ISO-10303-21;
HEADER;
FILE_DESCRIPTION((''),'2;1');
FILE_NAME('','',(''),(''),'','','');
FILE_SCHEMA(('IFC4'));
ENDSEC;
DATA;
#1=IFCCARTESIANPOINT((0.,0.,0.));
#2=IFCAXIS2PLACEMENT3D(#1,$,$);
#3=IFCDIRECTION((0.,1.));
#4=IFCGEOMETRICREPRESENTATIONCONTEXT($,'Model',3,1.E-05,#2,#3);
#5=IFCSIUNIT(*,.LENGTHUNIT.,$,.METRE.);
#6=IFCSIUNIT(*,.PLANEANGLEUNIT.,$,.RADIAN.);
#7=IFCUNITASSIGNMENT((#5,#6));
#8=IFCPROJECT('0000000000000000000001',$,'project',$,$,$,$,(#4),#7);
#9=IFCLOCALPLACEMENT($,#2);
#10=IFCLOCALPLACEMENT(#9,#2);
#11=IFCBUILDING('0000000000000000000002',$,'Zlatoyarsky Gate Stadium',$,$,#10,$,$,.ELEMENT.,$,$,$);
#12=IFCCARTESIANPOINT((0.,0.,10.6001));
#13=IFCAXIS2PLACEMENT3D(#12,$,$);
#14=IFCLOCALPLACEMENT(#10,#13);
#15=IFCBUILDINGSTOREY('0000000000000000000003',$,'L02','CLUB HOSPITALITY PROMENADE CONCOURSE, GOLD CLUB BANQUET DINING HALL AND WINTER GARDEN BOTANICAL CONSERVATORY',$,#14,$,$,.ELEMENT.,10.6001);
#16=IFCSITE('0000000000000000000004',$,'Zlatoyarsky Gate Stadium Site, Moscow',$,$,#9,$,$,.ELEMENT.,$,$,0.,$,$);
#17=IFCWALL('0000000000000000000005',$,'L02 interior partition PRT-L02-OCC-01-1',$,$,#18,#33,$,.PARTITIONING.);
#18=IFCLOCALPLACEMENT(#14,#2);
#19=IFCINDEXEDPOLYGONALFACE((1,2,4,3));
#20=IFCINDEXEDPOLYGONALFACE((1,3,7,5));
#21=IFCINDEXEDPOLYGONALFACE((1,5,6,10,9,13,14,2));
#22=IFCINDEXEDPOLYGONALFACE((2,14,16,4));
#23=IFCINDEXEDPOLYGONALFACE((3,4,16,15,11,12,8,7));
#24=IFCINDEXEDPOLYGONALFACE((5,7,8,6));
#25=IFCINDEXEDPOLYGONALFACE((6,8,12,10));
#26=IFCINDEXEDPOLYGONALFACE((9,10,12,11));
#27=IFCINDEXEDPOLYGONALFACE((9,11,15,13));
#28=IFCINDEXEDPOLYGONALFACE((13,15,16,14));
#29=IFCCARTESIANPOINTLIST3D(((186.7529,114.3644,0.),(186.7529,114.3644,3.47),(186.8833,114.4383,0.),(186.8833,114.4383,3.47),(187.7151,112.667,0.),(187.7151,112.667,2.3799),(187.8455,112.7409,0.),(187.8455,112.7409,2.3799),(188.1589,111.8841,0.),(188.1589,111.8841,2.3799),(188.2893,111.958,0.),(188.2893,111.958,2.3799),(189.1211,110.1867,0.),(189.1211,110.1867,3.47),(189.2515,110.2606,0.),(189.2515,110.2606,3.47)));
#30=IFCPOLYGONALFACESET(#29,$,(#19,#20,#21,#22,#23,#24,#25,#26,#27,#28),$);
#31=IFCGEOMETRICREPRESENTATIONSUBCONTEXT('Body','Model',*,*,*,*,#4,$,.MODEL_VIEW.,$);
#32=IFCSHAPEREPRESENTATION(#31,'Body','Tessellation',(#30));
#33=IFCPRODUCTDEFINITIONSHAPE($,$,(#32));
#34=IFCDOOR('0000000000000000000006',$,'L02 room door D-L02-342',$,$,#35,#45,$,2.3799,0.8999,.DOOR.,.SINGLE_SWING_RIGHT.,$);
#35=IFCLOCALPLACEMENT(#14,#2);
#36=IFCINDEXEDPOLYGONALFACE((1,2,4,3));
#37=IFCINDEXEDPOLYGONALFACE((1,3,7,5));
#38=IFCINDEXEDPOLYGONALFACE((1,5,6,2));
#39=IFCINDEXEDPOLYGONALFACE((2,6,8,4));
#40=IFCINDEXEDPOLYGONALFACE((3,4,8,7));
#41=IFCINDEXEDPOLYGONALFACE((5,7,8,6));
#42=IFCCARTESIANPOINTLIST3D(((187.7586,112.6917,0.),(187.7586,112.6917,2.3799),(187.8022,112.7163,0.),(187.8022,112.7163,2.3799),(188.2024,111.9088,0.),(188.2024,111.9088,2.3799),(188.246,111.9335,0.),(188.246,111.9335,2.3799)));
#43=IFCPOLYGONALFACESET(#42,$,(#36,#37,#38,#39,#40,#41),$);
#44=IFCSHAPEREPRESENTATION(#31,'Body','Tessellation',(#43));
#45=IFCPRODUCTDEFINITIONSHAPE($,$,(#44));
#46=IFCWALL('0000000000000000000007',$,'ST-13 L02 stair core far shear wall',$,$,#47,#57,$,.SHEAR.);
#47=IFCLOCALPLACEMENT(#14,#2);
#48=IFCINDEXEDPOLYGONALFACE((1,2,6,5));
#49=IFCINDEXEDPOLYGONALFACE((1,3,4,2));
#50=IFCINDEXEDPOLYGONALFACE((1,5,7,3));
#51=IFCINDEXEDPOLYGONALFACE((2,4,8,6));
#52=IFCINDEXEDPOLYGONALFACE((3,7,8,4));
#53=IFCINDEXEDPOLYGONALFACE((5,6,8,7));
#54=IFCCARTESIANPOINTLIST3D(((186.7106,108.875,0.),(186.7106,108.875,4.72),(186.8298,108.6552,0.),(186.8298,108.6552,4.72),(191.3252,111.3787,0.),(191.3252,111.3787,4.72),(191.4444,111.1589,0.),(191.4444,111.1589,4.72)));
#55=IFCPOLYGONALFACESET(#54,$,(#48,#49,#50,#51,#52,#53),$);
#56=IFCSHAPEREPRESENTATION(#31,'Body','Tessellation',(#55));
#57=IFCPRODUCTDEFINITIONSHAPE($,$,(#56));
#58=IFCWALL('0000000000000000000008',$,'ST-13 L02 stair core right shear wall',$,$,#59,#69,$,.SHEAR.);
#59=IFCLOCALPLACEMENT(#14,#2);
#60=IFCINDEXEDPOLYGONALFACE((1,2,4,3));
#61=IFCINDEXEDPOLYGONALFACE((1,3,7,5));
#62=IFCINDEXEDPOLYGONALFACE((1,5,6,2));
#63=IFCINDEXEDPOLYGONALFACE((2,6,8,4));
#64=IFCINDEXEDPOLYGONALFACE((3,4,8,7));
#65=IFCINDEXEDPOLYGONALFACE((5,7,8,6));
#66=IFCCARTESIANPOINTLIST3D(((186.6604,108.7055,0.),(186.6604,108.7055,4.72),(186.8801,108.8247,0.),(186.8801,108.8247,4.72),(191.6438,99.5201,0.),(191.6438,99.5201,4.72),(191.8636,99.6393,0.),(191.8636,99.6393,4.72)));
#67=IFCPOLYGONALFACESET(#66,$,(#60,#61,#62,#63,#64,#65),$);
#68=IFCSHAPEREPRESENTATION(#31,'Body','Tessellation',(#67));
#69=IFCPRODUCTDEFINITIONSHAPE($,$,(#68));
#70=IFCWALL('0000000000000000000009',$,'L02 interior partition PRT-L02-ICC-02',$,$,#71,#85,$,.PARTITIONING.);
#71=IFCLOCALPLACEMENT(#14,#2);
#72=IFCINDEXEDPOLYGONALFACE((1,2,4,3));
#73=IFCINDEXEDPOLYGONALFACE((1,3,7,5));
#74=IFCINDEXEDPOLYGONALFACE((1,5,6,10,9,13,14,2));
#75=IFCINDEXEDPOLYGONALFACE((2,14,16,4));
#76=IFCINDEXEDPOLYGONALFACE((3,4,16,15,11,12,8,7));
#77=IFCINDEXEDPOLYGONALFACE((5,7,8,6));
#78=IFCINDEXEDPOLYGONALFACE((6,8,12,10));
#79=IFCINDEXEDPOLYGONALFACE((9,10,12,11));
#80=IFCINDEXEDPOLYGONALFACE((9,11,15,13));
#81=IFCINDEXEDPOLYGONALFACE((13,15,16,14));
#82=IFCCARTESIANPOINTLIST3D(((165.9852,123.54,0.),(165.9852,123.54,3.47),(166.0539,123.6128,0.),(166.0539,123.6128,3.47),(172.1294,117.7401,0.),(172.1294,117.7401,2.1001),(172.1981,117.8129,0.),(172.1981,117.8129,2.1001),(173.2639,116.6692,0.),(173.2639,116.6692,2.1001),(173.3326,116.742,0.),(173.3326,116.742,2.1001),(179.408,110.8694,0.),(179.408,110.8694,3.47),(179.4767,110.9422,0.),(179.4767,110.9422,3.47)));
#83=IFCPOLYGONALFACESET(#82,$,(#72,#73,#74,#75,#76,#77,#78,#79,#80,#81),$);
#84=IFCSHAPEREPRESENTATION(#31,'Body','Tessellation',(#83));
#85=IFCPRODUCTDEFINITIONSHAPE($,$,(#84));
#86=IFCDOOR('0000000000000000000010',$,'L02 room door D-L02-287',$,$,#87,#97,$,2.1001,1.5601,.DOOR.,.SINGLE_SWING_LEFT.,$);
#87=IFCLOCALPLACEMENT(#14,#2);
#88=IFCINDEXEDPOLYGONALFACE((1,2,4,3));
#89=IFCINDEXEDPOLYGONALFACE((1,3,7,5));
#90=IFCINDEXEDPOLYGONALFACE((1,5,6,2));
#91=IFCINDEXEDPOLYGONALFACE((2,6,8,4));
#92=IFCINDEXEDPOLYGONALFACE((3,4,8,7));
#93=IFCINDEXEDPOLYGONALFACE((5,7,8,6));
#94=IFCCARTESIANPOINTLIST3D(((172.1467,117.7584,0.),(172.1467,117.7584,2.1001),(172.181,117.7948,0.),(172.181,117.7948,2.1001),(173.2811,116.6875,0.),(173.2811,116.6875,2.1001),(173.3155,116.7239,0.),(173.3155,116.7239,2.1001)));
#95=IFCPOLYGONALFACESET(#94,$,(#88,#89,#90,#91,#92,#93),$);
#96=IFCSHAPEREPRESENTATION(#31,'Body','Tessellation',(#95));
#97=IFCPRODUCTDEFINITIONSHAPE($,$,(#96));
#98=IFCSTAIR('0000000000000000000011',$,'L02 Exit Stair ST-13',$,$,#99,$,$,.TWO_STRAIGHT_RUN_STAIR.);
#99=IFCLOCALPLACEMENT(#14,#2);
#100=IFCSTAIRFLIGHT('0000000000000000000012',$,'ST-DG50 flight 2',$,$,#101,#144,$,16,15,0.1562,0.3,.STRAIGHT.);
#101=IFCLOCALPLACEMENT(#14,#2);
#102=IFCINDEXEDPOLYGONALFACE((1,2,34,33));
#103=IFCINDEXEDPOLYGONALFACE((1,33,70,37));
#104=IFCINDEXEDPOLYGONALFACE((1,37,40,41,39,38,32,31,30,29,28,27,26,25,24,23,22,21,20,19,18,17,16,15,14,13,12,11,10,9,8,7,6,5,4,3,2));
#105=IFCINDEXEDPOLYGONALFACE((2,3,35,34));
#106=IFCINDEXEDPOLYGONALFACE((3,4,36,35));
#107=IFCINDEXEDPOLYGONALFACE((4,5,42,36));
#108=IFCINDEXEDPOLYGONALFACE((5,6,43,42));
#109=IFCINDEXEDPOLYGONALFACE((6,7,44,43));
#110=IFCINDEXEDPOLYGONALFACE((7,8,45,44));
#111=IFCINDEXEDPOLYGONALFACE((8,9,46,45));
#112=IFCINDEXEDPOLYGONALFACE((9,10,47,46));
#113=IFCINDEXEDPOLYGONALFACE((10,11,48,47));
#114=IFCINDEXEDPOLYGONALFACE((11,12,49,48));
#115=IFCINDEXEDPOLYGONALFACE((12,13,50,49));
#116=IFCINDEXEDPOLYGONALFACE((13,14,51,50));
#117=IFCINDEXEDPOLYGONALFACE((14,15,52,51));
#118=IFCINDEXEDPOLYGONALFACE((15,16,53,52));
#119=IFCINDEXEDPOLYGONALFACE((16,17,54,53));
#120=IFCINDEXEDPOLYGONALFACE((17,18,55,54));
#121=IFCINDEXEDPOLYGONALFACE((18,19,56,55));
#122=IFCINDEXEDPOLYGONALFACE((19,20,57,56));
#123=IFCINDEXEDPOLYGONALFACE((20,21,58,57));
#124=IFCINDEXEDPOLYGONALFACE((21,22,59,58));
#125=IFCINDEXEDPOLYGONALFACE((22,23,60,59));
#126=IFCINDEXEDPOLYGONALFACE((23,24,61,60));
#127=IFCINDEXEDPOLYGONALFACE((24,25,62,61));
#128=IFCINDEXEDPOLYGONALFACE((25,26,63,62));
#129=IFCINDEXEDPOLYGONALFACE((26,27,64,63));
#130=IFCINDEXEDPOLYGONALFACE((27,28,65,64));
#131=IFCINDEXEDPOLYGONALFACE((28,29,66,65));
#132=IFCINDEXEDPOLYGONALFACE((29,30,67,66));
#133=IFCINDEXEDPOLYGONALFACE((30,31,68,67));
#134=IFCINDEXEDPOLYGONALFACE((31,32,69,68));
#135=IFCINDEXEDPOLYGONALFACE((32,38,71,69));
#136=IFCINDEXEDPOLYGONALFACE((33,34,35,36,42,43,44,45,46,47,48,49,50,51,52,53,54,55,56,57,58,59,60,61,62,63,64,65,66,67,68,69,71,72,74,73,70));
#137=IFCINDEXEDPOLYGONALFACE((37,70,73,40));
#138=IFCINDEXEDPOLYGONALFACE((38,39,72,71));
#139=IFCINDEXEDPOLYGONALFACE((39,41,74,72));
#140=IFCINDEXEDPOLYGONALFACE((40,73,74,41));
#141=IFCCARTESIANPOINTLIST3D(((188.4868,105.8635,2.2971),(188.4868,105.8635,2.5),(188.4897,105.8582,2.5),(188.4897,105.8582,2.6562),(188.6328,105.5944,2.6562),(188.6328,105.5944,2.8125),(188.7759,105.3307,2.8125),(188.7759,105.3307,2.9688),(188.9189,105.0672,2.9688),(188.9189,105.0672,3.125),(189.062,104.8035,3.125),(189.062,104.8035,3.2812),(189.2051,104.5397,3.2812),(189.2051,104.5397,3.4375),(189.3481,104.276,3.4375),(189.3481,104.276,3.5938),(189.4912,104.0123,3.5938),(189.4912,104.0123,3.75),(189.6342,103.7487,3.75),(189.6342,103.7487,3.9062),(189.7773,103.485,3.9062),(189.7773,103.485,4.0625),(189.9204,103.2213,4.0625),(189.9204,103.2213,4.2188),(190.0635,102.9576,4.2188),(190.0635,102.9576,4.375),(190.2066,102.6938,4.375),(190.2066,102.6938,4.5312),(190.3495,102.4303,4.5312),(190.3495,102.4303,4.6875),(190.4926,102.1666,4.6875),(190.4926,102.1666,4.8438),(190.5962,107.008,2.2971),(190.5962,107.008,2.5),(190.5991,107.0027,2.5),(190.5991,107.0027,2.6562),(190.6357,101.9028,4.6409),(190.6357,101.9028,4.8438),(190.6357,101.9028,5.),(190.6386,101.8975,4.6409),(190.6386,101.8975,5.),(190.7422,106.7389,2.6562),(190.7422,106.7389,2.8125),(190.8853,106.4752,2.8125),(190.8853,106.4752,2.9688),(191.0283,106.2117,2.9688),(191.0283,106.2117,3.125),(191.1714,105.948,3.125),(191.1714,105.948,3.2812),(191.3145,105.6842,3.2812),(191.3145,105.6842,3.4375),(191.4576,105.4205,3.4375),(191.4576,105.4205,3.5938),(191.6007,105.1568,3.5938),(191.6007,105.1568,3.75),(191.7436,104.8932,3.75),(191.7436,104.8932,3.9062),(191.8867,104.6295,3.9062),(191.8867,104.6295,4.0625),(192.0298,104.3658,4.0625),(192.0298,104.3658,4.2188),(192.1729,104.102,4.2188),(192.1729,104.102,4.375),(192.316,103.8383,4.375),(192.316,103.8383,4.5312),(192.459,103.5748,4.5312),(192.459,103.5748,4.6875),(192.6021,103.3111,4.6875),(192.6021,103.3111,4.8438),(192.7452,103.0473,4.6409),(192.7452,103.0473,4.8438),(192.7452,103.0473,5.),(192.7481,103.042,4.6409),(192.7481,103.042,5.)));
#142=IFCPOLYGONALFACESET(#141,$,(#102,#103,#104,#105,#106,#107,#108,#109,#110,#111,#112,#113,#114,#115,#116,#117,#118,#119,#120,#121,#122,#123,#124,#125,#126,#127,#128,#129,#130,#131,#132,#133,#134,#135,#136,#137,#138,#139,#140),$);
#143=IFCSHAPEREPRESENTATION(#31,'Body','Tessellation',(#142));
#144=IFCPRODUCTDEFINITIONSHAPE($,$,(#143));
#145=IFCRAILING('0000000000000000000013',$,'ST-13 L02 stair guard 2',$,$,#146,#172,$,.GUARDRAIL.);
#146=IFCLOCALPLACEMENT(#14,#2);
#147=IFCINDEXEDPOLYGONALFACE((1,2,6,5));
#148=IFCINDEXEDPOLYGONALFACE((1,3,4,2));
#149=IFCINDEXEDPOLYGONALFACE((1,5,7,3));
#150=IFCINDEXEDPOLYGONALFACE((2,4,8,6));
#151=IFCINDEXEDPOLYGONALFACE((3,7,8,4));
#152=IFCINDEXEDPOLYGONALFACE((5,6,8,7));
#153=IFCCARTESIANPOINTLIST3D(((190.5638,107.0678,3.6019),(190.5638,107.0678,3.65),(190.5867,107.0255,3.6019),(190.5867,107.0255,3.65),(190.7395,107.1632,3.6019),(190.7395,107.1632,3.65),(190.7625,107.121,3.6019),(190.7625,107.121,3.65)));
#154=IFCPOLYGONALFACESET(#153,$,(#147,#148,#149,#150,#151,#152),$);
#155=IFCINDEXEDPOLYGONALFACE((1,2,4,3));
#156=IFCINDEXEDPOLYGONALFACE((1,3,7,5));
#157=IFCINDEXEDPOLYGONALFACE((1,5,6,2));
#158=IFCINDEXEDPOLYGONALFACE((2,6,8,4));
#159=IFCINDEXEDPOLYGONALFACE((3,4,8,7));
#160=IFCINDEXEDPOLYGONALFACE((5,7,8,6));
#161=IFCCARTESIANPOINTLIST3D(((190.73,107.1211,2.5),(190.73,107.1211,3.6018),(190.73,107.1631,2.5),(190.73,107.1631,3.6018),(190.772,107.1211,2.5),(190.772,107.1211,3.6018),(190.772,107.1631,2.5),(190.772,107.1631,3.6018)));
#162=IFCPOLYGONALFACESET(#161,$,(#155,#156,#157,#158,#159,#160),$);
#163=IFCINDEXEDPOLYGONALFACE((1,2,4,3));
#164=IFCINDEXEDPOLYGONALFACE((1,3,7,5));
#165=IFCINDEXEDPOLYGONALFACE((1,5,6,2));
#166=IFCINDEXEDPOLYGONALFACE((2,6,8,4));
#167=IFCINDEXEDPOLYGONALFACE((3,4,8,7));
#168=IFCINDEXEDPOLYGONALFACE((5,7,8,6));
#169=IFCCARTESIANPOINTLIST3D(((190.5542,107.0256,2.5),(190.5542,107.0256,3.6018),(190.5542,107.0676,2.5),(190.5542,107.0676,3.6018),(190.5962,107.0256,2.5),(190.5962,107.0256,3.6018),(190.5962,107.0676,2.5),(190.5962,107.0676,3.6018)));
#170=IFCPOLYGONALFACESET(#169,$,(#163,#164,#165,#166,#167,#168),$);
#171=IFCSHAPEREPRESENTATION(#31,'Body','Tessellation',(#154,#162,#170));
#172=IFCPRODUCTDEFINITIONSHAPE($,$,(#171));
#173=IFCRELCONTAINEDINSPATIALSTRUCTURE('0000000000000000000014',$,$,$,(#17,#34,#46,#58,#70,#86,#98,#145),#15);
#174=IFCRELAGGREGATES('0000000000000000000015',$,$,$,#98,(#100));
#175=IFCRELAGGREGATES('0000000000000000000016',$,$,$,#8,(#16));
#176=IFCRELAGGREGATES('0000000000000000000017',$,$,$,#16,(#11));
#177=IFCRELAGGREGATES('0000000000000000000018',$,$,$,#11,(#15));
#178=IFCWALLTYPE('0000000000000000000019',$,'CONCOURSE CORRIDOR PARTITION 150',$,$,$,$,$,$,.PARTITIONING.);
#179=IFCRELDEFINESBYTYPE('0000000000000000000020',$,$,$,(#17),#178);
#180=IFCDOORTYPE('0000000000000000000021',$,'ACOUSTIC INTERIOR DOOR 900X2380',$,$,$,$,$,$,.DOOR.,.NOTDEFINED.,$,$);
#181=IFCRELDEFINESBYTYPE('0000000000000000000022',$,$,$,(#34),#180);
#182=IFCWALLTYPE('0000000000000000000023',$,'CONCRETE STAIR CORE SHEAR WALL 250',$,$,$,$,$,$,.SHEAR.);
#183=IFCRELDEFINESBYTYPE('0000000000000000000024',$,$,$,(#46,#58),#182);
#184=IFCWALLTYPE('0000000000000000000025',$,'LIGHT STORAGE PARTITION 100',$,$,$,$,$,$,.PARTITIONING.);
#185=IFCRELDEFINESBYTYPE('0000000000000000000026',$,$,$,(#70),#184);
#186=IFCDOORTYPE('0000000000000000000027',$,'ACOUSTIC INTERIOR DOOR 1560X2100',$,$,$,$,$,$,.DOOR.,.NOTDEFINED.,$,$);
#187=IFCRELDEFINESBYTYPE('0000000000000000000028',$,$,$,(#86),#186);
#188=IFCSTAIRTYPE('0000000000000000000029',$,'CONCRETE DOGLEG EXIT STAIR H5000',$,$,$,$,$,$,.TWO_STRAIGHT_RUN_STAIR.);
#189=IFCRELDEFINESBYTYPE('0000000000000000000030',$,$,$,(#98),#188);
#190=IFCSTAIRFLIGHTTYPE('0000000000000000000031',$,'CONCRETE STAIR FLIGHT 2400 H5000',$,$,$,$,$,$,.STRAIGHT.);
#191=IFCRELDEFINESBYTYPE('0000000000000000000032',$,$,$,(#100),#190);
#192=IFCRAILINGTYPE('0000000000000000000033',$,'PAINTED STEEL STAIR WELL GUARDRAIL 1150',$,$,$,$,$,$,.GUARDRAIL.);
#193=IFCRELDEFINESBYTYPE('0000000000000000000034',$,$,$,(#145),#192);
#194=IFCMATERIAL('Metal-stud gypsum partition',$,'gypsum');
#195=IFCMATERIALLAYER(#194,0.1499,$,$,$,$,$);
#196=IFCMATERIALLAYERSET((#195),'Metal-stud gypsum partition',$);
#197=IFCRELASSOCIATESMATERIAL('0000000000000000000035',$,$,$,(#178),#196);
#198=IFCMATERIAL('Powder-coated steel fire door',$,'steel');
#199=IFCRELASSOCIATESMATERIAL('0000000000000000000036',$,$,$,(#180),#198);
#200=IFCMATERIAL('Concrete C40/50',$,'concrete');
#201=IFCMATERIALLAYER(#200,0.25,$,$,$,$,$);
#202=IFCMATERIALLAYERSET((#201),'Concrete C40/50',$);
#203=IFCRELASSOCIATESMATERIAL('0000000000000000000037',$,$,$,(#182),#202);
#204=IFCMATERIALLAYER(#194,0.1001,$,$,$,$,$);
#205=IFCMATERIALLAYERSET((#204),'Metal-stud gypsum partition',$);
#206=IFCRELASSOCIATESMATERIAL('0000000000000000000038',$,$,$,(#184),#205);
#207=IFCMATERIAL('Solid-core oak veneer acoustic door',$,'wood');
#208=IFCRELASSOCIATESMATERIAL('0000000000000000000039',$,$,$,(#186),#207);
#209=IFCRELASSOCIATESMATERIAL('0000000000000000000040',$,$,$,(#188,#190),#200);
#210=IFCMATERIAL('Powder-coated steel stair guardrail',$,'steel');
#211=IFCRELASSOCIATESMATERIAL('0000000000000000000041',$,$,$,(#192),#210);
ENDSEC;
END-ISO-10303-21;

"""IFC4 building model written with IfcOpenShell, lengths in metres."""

from ifc_helpers import new_model, si_unit, direction, frame, frame_2d, origin, origin_2d, place, context, subcontext, project, spatial, polyline, rectangle, outline, extrude, material, layer, layer_set, type_object, element, fill, aggregate, save


model = new_model("IFC4")

# Units and contexts
model_context = context("Model", 3, precision=1e-05, world=origin(), true_north=direction((0.0, 1.0)))
body_context = subcontext(model_context, "Body", "Model", "MODEL_VIEW")
ifc_project = project(units=[si_unit("LENGTHUNIT", "METRE"), si_unit("PLANEANGLEUNIT", "RADIAN")], contexts=[model_context])

# Site, building, storey
site_placement = place(None, origin())
site = spatial("IfcSite", under=ifc_project, at=site_placement, Name="Zlatoyarsky Gate Stadium Site, Moscow", CompositionType="ELEMENT", RefElevation=0.0)
building_placement = place(site_placement, origin())
building = spatial("IfcBuilding", under=site, at=building_placement, Name="Zlatoyarsky Gate Stadium", CompositionType="ELEMENT")
storey_placement = place(building_placement, frame((0.0, 0.0, 10.6001)))
storey = spatial("IfcBuildingStorey", under=building, at=storey_placement, Name="L02", Description="CLUB HOSPITALITY PROMENADE CONCOURSE, GOLD CLUB BANQUET DINING HALL AND WINTER GARDEN BOTANICAL CONSERVATORY", CompositionType="ELEMENT", Elevation=10.6001)

# Shared definitions
ifc_material_1 = material(Name="Concrete C40/50", Category="concrete")

# Wall, opening, door
ifc_material_2 = material(Name="Metal-stud gypsum partition", Category="gypsum")
ifc_layer_1 = layer(ifc_material_2, 0.1499)
ifc_layer_set_1 = layer_set([ifc_layer_1], Name="Metal-stud gypsum partition")
wall_type_1 = type_object("IfcWallType", Name="CONCOURSE CORRIDOR PARTITION 150", PredefinedType="PARTITIONING", material=ifc_layer_set_1)
wall_1_placement = place(storey_placement, frame((189.1863, 110.2236, 0.0), z_axis=(0.0, 0.0, 1.0), x_axis=(-0.493136, 0.869952, 0.0)))
wall_1 = element("IfcWall", 1, at=wall_1_placement, inside=storey, type_object=wall_type_1, Name="L02 interior partition PRT-L02-OCC-01-1", PredefinedType="PARTITIONING", context=body_context, shape_type="SweptSolid", body=[
    extrude(rectangle(XDim=4.8022, YDim=0.1499, at=frame_2d((2.4011, 0.0))), origin(), (0.0, 0.0, 1.0), 3.47),
])
opening_1_placement = place(wall_1_placement, frame((1.9512, 0.0, 0.0)))
opening_1 = element("IfcOpeningElement", 2, at=opening_1_placement, cuts=wall_1, PredefinedType="OPENING", context=body_context, shape_type="SweptSolid", body=[
    extrude(rectangle(XDim=0.8999, YDim=2.3799, at=frame_2d((0.45, 1.1899))), frame((0.0, 0.085, 0.0), z_axis=(0.0, -1.0, 0.0), x_axis=(1.0, 0.0, 0.0)), (0.0, 0.0, 1.0), 0.1699),
])
ifc_material_3 = material(Name="Powder-coated steel fire door", Category="steel")
door_type_1 = type_object("IfcDoorType", Name="ACOUSTIC INTERIOR DOOR 900X2380", OperationType="NOTDEFINED", PredefinedType="DOOR", material=ifc_material_3)
door_1_placement = place(opening_1_placement, origin())
door_1 = element("IfcDoor", 3, at=door_1_placement, inside=storey, type_object=door_type_1, Name="L02 room door D-L02-342", OperationType="SINGLE_SWING_RIGHT", OverallHeight=2.3799, OverallWidth=0.8999, PredefinedType="DOOR", context=body_context, shape_type="SweptSolid", body=[
    extrude(rectangle(XDim=0.8999, YDim=2.3799, at=frame_2d((0.45, 1.1899))), frame((0.0, 0.0249, 0.0), z_axis=(0.0, -1.0, 0.0), x_axis=(1.0, 0.0, 0.0)), (0.0, 0.0, 1.0), 0.05),
])
fill(opening_1, door_1)

# Walls
ifc_layer_2 = layer(ifc_material_1, 0.25)
ifc_layer_set_2 = layer_set([ifc_layer_2], Name="Concrete C40/50")
wall_type_2 = type_object("IfcWallType", Name="CONCRETE STAIR CORE SHEAR WALL 250", PredefinedType="SHEAR", material=ifc_layer_set_2)
wall_2_placement = place(storey_placement, frame((191.3848, 111.2688, 0.0), z_axis=(0.0, 0.0, 1.0), x_axis=(-0.878961, -0.476893, 0.0)))
element("IfcWall", 4, at=wall_2_placement, inside=storey, type_object=wall_type_2, Name="ST-13 L02 stair core far shear wall", PredefinedType="SHEAR", context=body_context, shape_type="SweptSolid", body=[
    extrude(rectangle(XDim=5.25, YDim=0.25, at=frame_2d((2.625, 0.0))), origin(), (0.0, 0.0, 1.0), 4.72),
])
wall_3_placement = place(storey_placement, frame((186.7703, 108.7651, 0.0), z_axis=(0.0, 0.0, 1.0), x_axis=(0.476877, -0.87897, 0.0)))
element("IfcWall", 5, at=wall_3_placement, inside=storey, type_object=wall_type_2, Name="ST-13 L02 stair core right shear wall", PredefinedType="SHEAR", context=body_context, shape_type="SweptSolid", body=[
    extrude(rectangle(XDim=10.4502, YDim=0.25, at=frame_2d((5.2251, 0.0))), origin(), (0.0, 0.0, 1.0), 4.72),
])

# Wall, opening, door
ifc_layer_3 = layer(ifc_material_2, 0.1001)
ifc_layer_set_3 = layer_set([ifc_layer_3], Name="Metal-stud gypsum partition")
wall_type_3 = type_object("IfcWallType", Name="LIGHT STORAGE PARTITION 100", PredefinedType="PARTITIONING", material=ifc_layer_set_3)
wall_4_placement = place(storey_placement, frame((179.4424, 110.9058, 0.0), z_axis=(0.0, 0.0, 1.0), x_axis=(-0.727188, 0.686438, 0.0)))
wall_4 = element("IfcWall", 6, at=wall_4_placement, inside=storey, type_object=wall_type_3, Name="L02 interior partition PRT-L02-ICC-02", PredefinedType="PARTITIONING", context=body_context, shape_type="SweptSolid", body=[
    extrude(rectangle(XDim=18.4585, YDim=0.1001, at=frame_2d((9.2292, 0.0))), origin(), (0.0, 0.0, 1.0), 3.47),
])
opening_2_placement = place(wall_4_placement, frame((8.4492, 0.0, 0.0)))
opening_2 = element("IfcOpeningElement", 7, at=opening_2_placement, cuts=wall_4, PredefinedType="OPENING", context=body_context, shape_type="SweptSolid", body=[
    extrude(rectangle(XDim=1.5601, YDim=2.1001, at=frame_2d((0.78, 1.05))), frame((0.0, 0.0601, 0.0), z_axis=(0.0, -1.0, 0.0), x_axis=(1.0, 0.0, 0.0)), (0.0, 0.0, 1.0), 0.1201),
])
ifc_material_4 = material(Name="Solid-core oak veneer acoustic door", Category="wood")
door_type_2 = type_object("IfcDoorType", Name="ACOUSTIC INTERIOR DOOR 1560X2100", OperationType="NOTDEFINED", PredefinedType="DOOR", material=ifc_material_4)
door_2_placement = place(opening_2_placement, origin())
door_2 = element("IfcDoor", 8, at=door_2_placement, inside=storey, type_object=door_type_2, Name="L02 room door D-L02-287", OperationType="SINGLE_SWING_LEFT", OverallHeight=2.1001, OverallWidth=1.5601, PredefinedType="DOOR", context=body_context, shape_type="SweptSolid", body=[
    extrude(rectangle(XDim=1.5601, YDim=2.1001, at=frame_2d((0.78, 1.05))), frame((0.0, 0.0249, 0.0), z_axis=(0.0, -1.0, 0.0), x_axis=(1.0, 0.0, 0.0)), (0.0, 0.0, 1.0), 0.05),
])
fill(opening_2, door_2)

# Stair, stair flight
stair_type = type_object("IfcStairType", Name="CONCRETE DOGLEG EXIT STAIR H5000", PredefinedType="TWO_STRAIGHT_RUN_STAIR", material=ifc_material_1)
stair_placement = place(storey_placement, origin())
stair = element("IfcStair", 9, at=stair_placement, inside=storey, type_object=stair_type, Name="L02 Exit Stair ST-13", PredefinedType="TWO_STRAIGHT_RUN_STAIR")
stair_flight_type = type_object("IfcStairFlightType", Name="CONCRETE STAIR FLIGHT 2400 H5000", PredefinedType="STRAIGHT", material=ifc_material_1)
stair_flight_placement = place(storey_placement, frame((189.5444, 106.4304, 2.5), z_axis=(0.0, 0.0, 1.0), x_axis=(0.47689, -0.878963, 0.0)))
stair_flight = element("IfcStairFlight", 10, at=stair_flight_placement, type_object=stair_flight_type, Name="ST-DG50 flight 2", NumberOfRisers=16, NumberOfTreads=15, PredefinedType="STRAIGHT", RiserHeight=0.1562, TreadLength=0.3, context=body_context, shape_type="SweptSolid", body=[
    extrude(outline(polyline([(-0.0061, -0.2029), (-0.0061, 0.0), (0.0, 0.0), (0.0, 0.1562), (0.3, 0.1562), (0.3, 0.3125), (0.6001, 0.3125), (0.6001, 0.4688), (0.8999, 0.4688), (0.8999, 0.625), (1.2, 0.625), (1.2, 0.7812), (1.5, 0.7812), (1.5, 0.9375), (1.8, 0.9375), (1.8, 1.0938), (2.1001, 1.0938), (2.1001, 1.25), (2.3999, 1.25), (2.3999, 1.4062), (2.7, 1.4062), (2.7, 1.5625), (3.0, 1.5625), (3.0, 1.7188), (3.3, 1.7188), (3.3, 1.875), (3.6001, 1.875), (3.6001, 2.0312), (3.8999, 2.0312), (3.8999, 2.1875), (4.2, 2.1875), (4.2, 2.3438), (4.5, 2.3438), (4.5, 2.5), (4.5061, 2.5), (4.5061, 2.1409), (4.5, 2.1409), (-0.0061, -0.2029)])), frame((0.0, 1.2, 0.0), z_axis=(0.0, -1.0, 0.0), x_axis=(1.0, 0.0, 0.0)), (0.0, 0.0, 1.0), 2.3999),
])
aggregate(stair, [stair_flight])

# Railing
ifc_material_5 = material(Name="Powder-coated steel stair guardrail", Category="steel")
railing_type_1 = type_object("IfcRailingType", Name="PAINTED STEEL STAIR WELL GUARDRAIL 1150", PredefinedType="GUARDRAIL", material=ifc_material_5)
railing_1_placement = place(storey_placement, frame((190.751, 107.1421, 2.5)))
element("IfcRailing", 11, at=railing_1_placement, inside=storey, type_object=railing_type_1, Name="ST-13 L02 stair guard 2", PredefinedType="GUARDRAIL", context=body_context, shape_type="SweptSolid", body=[
    extrude(rectangle(XDim=0.0481, YDim=0.0481, at=origin_2d()), frame((0.0, 0.0, 1.126), z_axis=(-0.87878, -0.477227, 0.0), x_axis=(0.477227, -0.87878, 0.0)), (0.0, 0.0, 1.0), 0.2),
    extrude(rectangle(XDim=0.042, YDim=0.042, at=origin_2d()), origin(), (0.0, 0.0, 1.0), 1.1018),
    extrude(rectangle(XDim=0.042, YDim=0.042, at=origin_2d()), frame((-0.1758, -0.0955, 0.0)), (0.0, 0.0, 1.0), 1.1018),
])

save(model, "model.ifc")
